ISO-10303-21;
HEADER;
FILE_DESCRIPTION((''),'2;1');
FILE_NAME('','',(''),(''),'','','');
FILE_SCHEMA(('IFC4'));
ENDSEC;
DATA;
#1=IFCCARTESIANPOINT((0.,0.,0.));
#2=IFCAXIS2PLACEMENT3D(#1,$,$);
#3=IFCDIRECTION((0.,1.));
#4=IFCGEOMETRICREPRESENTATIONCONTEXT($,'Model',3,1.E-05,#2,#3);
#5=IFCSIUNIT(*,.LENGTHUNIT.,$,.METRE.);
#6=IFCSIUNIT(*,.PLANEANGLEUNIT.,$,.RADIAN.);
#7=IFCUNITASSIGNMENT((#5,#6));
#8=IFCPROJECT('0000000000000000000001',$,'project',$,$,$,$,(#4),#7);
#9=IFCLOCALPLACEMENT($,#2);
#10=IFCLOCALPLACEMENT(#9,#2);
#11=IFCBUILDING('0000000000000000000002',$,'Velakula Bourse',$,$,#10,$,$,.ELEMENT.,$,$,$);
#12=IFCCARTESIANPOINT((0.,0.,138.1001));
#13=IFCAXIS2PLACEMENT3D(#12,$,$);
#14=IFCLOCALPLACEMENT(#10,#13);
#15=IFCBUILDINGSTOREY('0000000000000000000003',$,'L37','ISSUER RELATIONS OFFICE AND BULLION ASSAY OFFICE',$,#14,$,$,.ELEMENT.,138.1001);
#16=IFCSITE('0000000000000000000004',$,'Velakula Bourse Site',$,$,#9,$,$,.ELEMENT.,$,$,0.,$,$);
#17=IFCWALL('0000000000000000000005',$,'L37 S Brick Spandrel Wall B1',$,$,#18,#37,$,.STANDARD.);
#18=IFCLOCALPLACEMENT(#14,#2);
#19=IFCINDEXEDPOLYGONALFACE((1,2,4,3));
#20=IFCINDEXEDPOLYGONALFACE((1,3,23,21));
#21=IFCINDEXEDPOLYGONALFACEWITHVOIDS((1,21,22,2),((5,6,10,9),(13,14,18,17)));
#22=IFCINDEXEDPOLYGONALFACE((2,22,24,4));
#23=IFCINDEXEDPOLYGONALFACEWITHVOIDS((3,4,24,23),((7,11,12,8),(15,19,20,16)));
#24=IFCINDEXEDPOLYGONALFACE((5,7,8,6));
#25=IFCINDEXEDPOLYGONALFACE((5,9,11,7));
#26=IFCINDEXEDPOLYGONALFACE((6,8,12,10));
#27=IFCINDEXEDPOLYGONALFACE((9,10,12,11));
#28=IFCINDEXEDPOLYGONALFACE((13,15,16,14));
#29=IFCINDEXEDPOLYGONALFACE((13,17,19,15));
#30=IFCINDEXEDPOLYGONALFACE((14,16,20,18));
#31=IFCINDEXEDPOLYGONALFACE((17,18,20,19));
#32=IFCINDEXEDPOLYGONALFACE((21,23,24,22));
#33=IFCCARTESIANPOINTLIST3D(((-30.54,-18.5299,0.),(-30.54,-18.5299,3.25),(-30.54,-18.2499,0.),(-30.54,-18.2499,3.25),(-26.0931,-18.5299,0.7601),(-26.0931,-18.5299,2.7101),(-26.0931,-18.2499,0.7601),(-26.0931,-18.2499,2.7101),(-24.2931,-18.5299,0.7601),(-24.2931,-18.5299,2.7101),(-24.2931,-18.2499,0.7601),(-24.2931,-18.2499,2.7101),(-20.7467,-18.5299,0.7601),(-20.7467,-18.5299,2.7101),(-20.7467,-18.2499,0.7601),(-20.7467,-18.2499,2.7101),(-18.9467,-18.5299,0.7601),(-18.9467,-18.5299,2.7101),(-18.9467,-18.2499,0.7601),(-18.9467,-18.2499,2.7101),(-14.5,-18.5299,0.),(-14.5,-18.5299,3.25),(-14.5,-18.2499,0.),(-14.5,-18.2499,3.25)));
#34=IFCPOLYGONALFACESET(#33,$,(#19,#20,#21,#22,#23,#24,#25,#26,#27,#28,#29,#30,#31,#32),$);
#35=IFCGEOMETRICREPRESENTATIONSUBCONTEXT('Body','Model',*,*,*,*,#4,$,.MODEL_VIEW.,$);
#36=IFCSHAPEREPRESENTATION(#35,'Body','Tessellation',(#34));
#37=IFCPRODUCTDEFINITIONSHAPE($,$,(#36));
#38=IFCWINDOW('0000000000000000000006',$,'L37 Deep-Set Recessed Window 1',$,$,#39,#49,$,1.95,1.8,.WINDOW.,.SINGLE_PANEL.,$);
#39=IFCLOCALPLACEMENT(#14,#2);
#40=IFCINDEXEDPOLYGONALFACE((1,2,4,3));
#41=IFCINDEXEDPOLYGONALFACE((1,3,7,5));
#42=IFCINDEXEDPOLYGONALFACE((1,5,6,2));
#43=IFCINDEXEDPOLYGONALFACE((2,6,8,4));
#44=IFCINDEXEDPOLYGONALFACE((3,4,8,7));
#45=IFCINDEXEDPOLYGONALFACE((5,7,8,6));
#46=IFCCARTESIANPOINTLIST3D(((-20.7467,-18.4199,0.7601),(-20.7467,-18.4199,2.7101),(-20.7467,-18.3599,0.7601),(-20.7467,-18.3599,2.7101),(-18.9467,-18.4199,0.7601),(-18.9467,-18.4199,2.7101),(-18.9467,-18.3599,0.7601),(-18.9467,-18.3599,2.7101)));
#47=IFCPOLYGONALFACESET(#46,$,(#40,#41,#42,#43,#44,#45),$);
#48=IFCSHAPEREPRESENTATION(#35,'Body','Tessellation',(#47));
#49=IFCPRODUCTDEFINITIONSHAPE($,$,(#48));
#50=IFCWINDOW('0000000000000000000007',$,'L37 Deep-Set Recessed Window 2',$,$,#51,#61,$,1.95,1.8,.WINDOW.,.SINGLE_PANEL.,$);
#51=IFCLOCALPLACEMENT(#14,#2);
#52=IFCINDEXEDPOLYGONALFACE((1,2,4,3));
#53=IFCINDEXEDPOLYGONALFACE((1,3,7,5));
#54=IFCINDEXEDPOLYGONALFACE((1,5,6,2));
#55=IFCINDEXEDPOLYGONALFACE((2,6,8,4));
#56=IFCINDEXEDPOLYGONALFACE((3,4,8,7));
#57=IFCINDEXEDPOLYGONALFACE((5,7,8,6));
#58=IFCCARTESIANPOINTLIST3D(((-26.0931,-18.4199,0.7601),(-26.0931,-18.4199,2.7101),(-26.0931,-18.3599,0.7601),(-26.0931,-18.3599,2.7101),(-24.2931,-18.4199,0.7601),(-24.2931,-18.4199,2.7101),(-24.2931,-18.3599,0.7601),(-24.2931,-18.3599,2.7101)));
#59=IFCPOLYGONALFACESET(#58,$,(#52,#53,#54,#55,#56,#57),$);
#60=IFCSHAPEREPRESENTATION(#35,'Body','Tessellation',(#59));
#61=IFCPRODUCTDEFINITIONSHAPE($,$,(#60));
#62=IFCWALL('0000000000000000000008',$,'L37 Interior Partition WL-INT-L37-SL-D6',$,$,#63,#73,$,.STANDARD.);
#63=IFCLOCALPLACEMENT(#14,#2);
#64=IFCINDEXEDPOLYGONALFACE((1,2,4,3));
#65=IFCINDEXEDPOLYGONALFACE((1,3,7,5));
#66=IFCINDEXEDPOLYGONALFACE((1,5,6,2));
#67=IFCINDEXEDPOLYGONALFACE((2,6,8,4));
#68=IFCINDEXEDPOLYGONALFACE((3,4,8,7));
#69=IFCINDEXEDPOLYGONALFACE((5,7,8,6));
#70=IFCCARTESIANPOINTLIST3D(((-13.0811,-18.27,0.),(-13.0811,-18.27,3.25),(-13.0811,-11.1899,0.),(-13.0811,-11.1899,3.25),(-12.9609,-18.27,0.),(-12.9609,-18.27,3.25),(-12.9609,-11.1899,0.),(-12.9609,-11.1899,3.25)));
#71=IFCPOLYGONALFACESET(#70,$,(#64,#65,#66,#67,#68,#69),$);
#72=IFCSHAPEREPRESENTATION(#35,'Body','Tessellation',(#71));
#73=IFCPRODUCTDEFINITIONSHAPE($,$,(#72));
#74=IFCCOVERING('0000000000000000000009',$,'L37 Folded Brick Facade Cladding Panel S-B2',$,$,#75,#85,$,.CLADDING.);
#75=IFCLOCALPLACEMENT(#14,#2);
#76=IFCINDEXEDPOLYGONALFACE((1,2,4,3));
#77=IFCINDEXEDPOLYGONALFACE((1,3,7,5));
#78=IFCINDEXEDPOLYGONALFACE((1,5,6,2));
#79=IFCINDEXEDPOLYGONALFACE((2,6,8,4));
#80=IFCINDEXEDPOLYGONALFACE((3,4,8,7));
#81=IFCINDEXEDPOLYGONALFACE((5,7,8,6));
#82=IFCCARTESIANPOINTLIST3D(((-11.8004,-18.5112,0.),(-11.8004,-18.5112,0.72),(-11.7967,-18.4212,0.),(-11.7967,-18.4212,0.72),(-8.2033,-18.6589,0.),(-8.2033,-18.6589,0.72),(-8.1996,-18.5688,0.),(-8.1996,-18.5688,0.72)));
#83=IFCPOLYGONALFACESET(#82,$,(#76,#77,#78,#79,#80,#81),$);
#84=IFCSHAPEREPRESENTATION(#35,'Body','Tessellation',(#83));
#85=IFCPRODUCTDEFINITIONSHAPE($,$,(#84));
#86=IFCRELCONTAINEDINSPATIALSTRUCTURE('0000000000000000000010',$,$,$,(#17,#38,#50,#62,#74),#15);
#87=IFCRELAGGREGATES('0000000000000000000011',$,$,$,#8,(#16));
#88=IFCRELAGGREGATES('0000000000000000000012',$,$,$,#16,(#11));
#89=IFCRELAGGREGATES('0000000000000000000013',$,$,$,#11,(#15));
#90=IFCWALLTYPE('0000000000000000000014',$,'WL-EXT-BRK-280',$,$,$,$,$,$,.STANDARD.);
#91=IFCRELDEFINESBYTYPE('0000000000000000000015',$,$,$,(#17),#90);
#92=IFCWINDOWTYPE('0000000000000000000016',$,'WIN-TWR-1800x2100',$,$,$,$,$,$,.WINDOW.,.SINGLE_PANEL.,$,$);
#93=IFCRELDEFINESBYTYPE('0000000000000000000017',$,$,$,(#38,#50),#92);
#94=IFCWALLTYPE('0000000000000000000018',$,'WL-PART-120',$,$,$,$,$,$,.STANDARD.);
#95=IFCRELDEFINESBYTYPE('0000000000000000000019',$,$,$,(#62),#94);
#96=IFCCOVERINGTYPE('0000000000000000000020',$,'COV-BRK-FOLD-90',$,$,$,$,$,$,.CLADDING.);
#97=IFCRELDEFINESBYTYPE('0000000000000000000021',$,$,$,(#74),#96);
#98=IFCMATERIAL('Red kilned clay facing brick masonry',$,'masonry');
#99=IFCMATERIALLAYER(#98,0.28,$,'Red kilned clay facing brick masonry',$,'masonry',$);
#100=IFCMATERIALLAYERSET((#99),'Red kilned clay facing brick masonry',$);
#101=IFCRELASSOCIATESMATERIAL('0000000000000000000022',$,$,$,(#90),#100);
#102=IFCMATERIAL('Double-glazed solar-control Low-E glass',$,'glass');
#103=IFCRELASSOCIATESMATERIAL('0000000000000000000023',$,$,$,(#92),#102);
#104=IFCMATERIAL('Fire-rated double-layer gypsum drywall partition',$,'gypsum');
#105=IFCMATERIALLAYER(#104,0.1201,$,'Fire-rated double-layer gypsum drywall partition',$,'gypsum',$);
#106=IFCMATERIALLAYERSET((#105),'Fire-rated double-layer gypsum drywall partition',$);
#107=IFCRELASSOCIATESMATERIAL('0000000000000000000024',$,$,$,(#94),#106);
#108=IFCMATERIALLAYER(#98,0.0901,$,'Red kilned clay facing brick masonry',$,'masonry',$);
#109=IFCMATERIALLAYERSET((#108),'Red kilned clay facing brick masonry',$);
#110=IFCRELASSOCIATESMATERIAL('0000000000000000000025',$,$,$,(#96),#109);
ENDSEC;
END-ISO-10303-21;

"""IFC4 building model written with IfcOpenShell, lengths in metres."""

from ifc_helpers import new_model, si_unit, direction, frame, frame_2d, origin, origin_2d, place, context, subcontext, project, spatial, rectangle, extrude, material, layer, layer_set, type_object, element, fill, save


model = new_model("IFC4")

# Units and contexts
model_context = context("Model", 3, precision=1e-05, world=origin(), true_north=direction((0.0, 1.0)))
body_context = subcontext(model_context, "Body", "Model", "MODEL_VIEW")
ifc_project = project(units=[si_unit("LENGTHUNIT", "METRE"), si_unit("PLANEANGLEUNIT", "RADIAN")], contexts=[model_context])

# Site, building, storey
site_placement = place(None, origin())
site = spatial("IfcSite", under=ifc_project, at=site_placement, Name="Velakula Bourse Site", CompositionType="ELEMENT", RefElevation=0.0)
building_placement = place(site_placement, origin())
building = spatial("IfcBuilding", under=site, at=building_placement, Name="Velakula Bourse", CompositionType="ELEMENT")
storey_placement = place(building_placement, frame((0.0, 0.0, 138.1001)))
storey = spatial("IfcBuildingStorey", under=building, at=storey_placement, Name="L37", Description="ISSUER RELATIONS OFFICE AND BULLION ASSAY OFFICE", CompositionType="ELEMENT", Elevation=138.1001)

# Wall, openings, windows
ifc_material_1 = material(Name="Red kilned clay facing brick masonry", Category="masonry")
ifc_layer_1 = layer(ifc_material_1, 0.28, Name="Red kilned clay facing brick masonry", Category="masonry")
ifc_layer_set_1 = layer_set([ifc_layer_1], Name="Red kilned clay facing brick masonry")
wall_type_1 = type_object("IfcWallType", Name="WL-EXT-BRK-280", PredefinedType="STANDARD", material=ifc_layer_set_1)
wall_1_placement = place(storey_placement, frame((-14.5, -18.3899, 0.0), z_axis=(0.0, 0.0, 1.0), x_axis=(-1.0, 0.0, 0.0)))
wall_1 = element("IfcWall", 1, at=wall_1_placement, inside=storey, type_object=wall_type_1, Name="L37 S Brick Spandrel Wall B1", PredefinedType="STANDARD", context=body_context, shape_type="SweptSolid", body=[
    extrude(rectangle(XDim=16.04, YDim=0.28, at=frame_2d((8.02, 0.0))), origin(), (0.0, 0.0, 1.0), 3.25),
])
opening_1_placement = place(wall_1_placement, frame((4.4468, 0.0, 0.76)))
opening_1 = element("IfcOpeningElement", 2, at=opening_1_placement, cuts=wall_1, PredefinedType="OPENING", context=body_context, shape_type="SweptSolid", body=[
    extrude(rectangle(XDim=1.8, YDim=1.95, at=frame_2d((0.8999, 0.9751))), frame((0.0, 0.1499, 0.0), z_axis=(0.0, -1.0, 0.0), x_axis=(1.0, 0.0, 0.0)), (0.0, 0.0, 1.0), 0.3),
])
opening_2_placement = place(wall_1_placement, frame((9.7932, 0.0, 0.76)))
opening_2 = element("IfcOpeningElement", 3, at=opening_2_placement, cuts=wall_1, PredefinedType="OPENING", context=body_context, shape_type="SweptSolid", body=[
    extrude(rectangle(XDim=1.8, YDim=1.95, at=frame_2d((0.8999, 0.9751))), frame((0.0, 0.1499, 0.0), z_axis=(0.0, -1.0, 0.0), x_axis=(1.0, 0.0, 0.0)), (0.0, 0.0, 1.0), 0.3),
])
ifc_material_2 = material(Name="Double-glazed solar-control Low-E glass", Category="glass")
window_type = type_object("IfcWindowType", Name="WIN-TWR-1800x2100", PartitioningType="SINGLE_PANEL", PredefinedType="WINDOW", material=ifc_material_2)
window_1_placement = place(opening_1_placement, origin())
window_1 = element("IfcWindow", 4, at=window_1_placement, inside=storey, type_object=window_type, Name="L37 Deep-Set Recessed Window 1", OverallHeight=1.95, OverallWidth=1.8, PartitioningType="SINGLE_PANEL", PredefinedType="WINDOW", context=body_context, shape_type="SweptSolid", body=[
    extrude(rectangle(XDim=1.8, YDim=1.95, at=frame_2d((0.8999, 0.9751))), frame((0.0, 0.03, 0.0), z_axis=(0.0, -1.0, 0.0), x_axis=(1.0, 0.0, 0.0)), (0.0, 0.0, 1.0), 0.0601),
])
fill(opening_1, window_1)
window_2_placement = place(opening_2_placement, origin())
window_2 = element("IfcWindow", 5, at=window_2_placement, inside=storey, type_object=window_type, Name="L37 Deep-Set Recessed Window 2", OverallHeight=1.95, OverallWidth=1.8, PartitioningType="SINGLE_PANEL", PredefinedType="WINDOW", context=body_context, shape_type="SweptSolid", body=[
    extrude(rectangle(XDim=1.8, YDim=1.95, at=frame_2d((0.8999, 0.9751))), frame((0.0, 0.03, 0.0), z_axis=(0.0, -1.0, 0.0), x_axis=(1.0, 0.0, 0.0)), (0.0, 0.0, 1.0), 0.0601),
])
fill(opening_2, window_2)

# Wall
ifc_material_3 = material(Name="Fire-rated double-layer gypsum drywall partition", Category="gypsum")
ifc_layer_2 = layer(ifc_material_3, 0.1201, Name="Fire-rated double-layer gypsum drywall partition", Category="gypsum")
ifc_layer_set_2 = layer_set([ifc_layer_2], Name="Fire-rated double-layer gypsum drywall partition")
wall_type_2 = type_object("IfcWallType", Name="WL-PART-120", PredefinedType="STANDARD", material=ifc_layer_set_2)
wall_2_placement = place(storey_placement, frame((-13.021, -18.27, 0.0), z_axis=(0.0, 0.0, 1.0), x_axis=(0.0, 1.0, 0.0)))
element("IfcWall", 6, at=wall_2_placement, inside=storey, type_object=wall_type_2, Name="L37 Interior Partition WL-INT-L37-SL-D6", PredefinedType="STANDARD", context=body_context, shape_type="SweptSolid", body=[
    extrude(rectangle(XDim=7.0801, YDim=0.1201, at=frame_2d((3.54, 0.0))), origin(), (0.0, 0.0, 1.0), 3.25),
])

# Covering
ifc_layer_3 = layer(ifc_material_1, 0.0901, Name="Red kilned clay facing brick masonry", Category="masonry")
ifc_layer_set_3 = layer_set([ifc_layer_3], Name="Red kilned clay facing brick masonry")
covering_type = type_object("IfcCoveringType", Name="COV-BRK-FOLD-90", PredefinedType="CLADDING", material=ifc_layer_set_3)
covering_placement = place(storey_placement, frame((-10.0, -18.54, 0.0), z_axis=(0.0, 0.0, 1.0), x_axis=(0.999159, -0.041004, 0.0)))
element("IfcCovering", 7, at=covering_placement, inside=storey, type_object=covering_type, Name="L37 Folded Brick Facade Cladding Panel S-B2", PredefinedType="CLADDING", context=body_context, shape_type="SweptSolid", body=[
    extrude(rectangle(XDim=3.6001, YDim=0.0901, at=origin_2d()), origin(), (0.0, 0.0, 1.0), 0.72),
])

save(model, "model.ifc")
